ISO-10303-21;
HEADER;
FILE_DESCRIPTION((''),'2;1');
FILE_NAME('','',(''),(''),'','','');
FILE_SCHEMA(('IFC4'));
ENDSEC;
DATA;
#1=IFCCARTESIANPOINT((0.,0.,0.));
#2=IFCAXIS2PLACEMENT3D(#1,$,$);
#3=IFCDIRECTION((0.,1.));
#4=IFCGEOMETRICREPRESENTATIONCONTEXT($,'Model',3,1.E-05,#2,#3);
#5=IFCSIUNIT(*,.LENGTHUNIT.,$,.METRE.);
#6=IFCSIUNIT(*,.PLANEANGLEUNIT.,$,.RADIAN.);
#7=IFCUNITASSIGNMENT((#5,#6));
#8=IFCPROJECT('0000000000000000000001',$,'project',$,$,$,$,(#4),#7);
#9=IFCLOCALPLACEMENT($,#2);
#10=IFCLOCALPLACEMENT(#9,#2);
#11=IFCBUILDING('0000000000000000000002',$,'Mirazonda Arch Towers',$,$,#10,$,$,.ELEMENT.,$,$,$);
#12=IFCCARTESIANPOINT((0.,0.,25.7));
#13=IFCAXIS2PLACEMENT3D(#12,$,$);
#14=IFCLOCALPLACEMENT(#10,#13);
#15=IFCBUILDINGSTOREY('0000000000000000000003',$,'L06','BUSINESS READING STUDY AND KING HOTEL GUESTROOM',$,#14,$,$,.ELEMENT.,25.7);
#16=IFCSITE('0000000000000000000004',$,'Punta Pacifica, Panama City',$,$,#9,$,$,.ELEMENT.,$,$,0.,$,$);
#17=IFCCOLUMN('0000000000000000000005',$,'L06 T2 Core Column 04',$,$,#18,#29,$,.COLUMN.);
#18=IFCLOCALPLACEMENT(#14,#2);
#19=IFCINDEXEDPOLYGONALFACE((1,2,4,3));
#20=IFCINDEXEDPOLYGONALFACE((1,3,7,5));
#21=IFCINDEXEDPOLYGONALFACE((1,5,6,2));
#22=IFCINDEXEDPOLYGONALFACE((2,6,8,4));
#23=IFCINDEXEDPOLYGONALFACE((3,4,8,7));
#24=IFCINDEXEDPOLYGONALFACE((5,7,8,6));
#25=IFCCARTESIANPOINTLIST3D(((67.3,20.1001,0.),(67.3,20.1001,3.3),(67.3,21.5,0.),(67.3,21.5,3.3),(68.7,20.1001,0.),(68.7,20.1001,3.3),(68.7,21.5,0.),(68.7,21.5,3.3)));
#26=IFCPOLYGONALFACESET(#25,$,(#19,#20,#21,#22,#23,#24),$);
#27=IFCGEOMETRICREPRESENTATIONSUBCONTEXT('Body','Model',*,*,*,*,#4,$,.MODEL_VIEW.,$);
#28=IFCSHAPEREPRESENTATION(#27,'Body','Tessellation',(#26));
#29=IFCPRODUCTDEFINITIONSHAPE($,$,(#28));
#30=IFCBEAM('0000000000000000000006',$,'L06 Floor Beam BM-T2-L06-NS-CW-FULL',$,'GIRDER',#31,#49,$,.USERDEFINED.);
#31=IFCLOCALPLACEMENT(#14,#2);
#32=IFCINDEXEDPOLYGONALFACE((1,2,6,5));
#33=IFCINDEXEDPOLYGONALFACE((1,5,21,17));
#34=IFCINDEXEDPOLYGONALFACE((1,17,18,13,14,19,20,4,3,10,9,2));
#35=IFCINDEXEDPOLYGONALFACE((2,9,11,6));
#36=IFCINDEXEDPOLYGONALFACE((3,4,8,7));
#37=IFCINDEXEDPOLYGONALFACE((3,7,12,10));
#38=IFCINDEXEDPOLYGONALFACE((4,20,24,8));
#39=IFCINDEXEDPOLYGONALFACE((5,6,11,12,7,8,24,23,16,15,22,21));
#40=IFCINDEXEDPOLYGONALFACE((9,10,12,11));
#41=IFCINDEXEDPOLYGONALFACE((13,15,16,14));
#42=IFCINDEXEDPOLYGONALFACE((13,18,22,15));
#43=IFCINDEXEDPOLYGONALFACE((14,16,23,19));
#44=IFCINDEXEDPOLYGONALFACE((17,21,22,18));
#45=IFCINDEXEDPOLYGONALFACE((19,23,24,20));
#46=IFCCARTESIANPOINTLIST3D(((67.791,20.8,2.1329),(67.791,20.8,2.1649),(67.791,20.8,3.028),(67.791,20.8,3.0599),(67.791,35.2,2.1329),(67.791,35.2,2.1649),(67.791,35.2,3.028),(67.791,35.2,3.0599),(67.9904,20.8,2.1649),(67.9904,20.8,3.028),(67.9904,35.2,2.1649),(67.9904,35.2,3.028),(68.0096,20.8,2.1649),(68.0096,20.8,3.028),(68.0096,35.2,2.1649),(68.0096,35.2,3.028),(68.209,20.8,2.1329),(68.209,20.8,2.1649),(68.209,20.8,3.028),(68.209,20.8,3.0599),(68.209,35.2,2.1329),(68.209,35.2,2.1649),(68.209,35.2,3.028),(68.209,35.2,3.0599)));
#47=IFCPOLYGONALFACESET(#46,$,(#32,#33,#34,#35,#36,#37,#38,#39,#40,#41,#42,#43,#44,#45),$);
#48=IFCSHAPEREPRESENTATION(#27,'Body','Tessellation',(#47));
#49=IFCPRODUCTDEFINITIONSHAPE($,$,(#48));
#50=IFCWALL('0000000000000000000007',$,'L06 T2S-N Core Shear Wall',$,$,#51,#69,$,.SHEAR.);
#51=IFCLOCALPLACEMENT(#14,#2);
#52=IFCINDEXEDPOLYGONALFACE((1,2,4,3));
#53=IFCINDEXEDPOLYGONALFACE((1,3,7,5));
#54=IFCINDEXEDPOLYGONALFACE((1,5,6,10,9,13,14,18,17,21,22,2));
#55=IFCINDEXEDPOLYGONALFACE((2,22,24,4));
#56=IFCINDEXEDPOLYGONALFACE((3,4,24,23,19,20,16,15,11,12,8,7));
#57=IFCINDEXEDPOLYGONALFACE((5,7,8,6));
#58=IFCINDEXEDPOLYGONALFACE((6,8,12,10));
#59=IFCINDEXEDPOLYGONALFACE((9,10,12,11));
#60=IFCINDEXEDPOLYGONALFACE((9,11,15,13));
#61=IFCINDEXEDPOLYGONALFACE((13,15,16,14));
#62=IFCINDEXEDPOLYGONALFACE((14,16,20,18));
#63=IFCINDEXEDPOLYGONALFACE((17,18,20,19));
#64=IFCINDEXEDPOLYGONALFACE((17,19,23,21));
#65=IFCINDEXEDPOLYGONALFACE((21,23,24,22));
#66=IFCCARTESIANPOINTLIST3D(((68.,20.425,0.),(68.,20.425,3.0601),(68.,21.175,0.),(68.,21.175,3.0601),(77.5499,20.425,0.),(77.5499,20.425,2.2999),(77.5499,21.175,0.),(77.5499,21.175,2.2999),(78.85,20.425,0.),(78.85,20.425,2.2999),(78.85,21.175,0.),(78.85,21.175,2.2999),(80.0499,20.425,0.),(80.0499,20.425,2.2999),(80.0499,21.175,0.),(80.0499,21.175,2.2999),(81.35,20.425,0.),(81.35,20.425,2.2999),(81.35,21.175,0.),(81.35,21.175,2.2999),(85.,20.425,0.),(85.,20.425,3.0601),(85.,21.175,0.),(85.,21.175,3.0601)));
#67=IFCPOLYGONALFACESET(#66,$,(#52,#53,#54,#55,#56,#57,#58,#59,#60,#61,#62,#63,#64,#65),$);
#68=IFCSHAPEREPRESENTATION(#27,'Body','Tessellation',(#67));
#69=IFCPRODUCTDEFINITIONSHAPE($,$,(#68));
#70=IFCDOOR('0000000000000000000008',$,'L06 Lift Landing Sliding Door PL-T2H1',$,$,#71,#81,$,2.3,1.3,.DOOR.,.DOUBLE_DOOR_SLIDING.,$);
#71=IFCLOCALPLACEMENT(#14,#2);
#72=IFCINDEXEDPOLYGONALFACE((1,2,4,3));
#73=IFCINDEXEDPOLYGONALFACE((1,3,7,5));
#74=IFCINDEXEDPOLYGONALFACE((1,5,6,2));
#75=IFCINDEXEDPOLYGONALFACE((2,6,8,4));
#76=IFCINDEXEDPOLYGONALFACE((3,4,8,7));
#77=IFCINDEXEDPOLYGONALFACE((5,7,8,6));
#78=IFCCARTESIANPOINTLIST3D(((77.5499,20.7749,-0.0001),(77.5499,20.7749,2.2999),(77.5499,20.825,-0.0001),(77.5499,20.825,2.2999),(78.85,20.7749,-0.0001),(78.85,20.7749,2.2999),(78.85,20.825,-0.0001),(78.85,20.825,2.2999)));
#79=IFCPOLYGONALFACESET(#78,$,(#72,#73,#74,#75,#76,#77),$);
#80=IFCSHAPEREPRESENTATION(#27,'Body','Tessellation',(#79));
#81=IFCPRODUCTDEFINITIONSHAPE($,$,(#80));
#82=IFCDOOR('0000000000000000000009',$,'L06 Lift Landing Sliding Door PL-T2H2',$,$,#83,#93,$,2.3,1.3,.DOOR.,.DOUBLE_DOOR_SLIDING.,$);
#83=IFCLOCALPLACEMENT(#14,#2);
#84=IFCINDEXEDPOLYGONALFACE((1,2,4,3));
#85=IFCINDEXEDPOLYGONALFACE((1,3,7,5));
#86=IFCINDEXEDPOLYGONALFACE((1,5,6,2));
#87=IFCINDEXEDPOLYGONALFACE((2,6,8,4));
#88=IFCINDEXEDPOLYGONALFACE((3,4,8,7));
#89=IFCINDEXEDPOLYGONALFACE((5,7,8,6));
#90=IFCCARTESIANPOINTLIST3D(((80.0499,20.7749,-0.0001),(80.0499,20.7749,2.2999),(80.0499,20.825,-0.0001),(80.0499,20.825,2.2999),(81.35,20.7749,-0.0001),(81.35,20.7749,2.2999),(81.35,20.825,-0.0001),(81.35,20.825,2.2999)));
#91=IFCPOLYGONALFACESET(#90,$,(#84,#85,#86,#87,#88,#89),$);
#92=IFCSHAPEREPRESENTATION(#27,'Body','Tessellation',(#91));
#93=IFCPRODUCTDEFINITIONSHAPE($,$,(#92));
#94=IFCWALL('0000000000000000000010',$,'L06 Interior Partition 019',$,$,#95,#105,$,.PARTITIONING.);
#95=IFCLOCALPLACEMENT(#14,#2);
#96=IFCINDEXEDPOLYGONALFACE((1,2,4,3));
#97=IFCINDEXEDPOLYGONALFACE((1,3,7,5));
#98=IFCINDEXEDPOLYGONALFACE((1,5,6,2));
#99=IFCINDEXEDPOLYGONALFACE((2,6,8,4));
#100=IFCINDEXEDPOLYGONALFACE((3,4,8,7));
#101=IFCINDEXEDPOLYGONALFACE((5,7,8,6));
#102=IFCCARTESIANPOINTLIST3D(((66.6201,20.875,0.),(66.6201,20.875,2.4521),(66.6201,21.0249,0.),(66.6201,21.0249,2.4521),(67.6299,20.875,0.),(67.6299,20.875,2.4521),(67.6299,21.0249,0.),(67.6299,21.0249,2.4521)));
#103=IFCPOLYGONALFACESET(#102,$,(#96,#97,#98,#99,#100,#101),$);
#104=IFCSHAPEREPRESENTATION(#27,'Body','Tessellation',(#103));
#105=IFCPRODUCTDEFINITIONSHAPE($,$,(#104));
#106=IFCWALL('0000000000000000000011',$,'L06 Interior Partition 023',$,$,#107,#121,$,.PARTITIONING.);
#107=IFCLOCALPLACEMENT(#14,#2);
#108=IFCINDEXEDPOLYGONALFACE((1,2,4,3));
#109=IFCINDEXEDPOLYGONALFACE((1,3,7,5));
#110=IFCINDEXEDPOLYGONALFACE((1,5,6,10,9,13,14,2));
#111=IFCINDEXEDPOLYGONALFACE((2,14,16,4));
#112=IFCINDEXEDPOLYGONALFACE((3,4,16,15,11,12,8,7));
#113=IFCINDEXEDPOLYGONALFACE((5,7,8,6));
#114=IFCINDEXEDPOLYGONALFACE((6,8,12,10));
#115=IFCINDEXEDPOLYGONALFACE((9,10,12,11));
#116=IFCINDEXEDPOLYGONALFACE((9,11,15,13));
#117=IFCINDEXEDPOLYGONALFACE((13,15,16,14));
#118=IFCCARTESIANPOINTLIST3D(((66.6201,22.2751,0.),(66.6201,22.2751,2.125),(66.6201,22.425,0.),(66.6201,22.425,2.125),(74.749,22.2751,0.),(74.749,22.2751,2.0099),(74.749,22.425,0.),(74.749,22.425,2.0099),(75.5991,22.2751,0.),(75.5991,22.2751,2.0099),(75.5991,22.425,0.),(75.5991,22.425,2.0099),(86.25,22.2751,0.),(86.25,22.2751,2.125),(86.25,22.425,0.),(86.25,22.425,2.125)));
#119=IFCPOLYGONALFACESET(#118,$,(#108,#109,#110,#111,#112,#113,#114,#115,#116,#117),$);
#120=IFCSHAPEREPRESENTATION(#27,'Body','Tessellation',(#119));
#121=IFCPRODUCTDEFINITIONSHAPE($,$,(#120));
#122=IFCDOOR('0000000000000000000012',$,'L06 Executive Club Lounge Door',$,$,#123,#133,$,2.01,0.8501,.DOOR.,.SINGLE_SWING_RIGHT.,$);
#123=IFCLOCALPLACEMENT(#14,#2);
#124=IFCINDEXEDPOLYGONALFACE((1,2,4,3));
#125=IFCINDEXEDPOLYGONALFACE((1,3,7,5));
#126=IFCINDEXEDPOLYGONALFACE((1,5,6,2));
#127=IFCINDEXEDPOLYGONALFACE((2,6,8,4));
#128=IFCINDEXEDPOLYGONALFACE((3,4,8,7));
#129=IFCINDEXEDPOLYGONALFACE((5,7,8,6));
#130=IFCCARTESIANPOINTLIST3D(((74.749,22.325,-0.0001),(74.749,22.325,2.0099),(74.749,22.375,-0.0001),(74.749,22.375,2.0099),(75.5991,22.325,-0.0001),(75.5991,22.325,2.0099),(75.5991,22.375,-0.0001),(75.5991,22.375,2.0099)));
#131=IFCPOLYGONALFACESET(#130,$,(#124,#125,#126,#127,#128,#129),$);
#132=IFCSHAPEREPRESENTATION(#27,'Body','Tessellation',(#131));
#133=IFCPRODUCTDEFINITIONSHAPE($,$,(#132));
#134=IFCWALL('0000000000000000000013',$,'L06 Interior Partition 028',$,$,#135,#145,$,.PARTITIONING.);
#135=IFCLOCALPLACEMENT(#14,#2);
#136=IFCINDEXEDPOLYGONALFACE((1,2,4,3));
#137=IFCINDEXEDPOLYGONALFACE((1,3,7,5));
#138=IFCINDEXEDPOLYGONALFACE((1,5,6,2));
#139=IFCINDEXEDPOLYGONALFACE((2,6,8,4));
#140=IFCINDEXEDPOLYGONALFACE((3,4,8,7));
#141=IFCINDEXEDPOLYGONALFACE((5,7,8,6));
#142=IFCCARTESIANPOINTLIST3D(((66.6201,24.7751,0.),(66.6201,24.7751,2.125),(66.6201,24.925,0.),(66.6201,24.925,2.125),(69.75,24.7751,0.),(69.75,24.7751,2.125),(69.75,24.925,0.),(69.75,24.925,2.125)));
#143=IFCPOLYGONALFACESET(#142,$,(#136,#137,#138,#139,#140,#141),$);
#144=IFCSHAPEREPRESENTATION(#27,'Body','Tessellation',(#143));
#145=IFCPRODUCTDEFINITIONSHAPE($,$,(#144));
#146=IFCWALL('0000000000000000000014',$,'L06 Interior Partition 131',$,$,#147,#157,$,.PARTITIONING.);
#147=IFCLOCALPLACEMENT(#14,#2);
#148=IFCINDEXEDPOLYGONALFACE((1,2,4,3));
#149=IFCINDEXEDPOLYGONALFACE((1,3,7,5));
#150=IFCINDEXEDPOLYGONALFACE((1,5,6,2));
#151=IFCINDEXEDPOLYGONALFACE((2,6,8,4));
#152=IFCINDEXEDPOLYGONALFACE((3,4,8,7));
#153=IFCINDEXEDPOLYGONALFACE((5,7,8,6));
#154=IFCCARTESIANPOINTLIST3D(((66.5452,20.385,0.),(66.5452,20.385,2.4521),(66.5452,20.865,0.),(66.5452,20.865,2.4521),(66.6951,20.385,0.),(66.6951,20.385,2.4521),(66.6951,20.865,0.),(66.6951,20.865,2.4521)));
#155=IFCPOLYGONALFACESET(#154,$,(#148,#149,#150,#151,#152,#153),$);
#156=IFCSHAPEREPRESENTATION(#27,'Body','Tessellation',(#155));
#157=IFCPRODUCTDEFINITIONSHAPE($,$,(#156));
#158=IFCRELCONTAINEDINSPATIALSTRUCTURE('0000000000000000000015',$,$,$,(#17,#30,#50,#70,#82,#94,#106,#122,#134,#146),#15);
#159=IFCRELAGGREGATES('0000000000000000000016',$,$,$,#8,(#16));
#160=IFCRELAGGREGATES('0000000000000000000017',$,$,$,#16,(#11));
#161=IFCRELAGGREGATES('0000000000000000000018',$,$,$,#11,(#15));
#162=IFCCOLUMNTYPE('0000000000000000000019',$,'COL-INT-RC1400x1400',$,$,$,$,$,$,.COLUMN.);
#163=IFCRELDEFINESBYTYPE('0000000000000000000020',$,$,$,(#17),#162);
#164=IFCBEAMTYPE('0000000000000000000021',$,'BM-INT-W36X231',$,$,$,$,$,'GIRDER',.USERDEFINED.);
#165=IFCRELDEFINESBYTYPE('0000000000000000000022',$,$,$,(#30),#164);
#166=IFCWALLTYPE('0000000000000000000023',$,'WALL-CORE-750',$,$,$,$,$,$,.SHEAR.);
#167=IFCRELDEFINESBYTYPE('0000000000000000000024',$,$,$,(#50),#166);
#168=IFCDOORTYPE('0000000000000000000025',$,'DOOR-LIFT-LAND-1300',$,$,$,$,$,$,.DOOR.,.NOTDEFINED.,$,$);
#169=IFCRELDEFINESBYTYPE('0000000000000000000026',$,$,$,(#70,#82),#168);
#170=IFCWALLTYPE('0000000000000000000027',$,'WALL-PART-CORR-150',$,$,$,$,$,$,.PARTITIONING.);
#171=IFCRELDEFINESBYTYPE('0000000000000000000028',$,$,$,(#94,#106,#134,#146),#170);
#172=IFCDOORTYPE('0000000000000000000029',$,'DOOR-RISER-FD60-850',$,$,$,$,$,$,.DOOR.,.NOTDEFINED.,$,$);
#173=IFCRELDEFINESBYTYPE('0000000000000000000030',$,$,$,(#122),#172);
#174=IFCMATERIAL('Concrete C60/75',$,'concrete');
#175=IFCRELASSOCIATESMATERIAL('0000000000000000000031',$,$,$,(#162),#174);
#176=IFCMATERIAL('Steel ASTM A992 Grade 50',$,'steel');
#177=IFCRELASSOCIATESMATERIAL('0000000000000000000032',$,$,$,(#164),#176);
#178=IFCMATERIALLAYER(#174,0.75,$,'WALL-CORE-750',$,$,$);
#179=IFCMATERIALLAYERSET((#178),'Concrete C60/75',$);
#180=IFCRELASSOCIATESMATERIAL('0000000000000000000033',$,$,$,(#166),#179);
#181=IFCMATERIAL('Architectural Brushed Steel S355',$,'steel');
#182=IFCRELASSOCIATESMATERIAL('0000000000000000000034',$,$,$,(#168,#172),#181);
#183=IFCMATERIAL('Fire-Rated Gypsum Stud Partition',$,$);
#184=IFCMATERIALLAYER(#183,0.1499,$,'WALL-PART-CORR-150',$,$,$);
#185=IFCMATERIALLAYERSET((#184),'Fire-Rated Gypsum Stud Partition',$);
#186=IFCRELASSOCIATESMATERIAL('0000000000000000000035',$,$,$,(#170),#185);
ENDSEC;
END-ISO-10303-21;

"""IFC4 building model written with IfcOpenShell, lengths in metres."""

from ifc_helpers import new_model, si_unit, direction, frame, frame_2d, origin, origin_2d, place, context, subcontext, project, spatial, rectangle, i_section, extrude, material, layer, layer_set, material_profile, profile_set, type_object, element, fill, save


model = new_model("IFC4")

# Units and contexts
model_context = context("Model", 3, precision=1e-05, world=origin(), true_north=direction((0.0, 1.0)))
body_context = subcontext(model_context, "Body", "Model", "MODEL_VIEW")
ifc_project = project(units=[si_unit("LENGTHUNIT", "METRE"), si_unit("PLANEANGLEUNIT", "RADIAN")], contexts=[model_context])

# Site, building, storey
site_placement = place(None, origin())
site = spatial("IfcSite", under=ifc_project, at=site_placement, Name="Punta Pacifica, Panama City", CompositionType="ELEMENT", RefElevation=0.0)
building_placement = place(site_placement, origin())
building = spatial("IfcBuilding", under=site, at=building_placement, Name="Mirazonda Arch Towers", CompositionType="ELEMENT")
storey_placement = place(building_placement, frame((0.0, 0.0, 25.7)))
storey = spatial("IfcBuildingStorey", under=building, at=storey_placement, Name="L06", Description="BUSINESS READING STUDY AND KING HOTEL GUESTROOM", CompositionType="ELEMENT", Elevation=25.7)

# Column
ifc_material_1 = material(Name="Concrete C60/75", Category="concrete")
ifc_material_profile_1 = material_profile(ifc_material_1, rectangle(XDim=1.3999, YDim=1.3999, at=origin_2d()), Name="RC1400x1400")
ifc_profile_set_1 = profile_set([ifc_material_profile_1], Name="Concrete C60/75")
column_type = type_object("IfcColumnType", Name="COL-INT-RC1400x1400", PredefinedType="COLUMN", material=ifc_profile_set_1)
column_placement = place(storey_placement, frame((68.0, 20.8, 0.0), z_axis=(0.0, 0.0, 1.0), x_axis=(1.0, 0.0, 0.0)))
element("IfcColumn", 1, at=column_placement, inside=storey, type_object=column_type, Name="L06 T2 Core Column 04", PredefinedType="COLUMN", context=body_context, shape_type="SweptSolid", body=[
    extrude(rectangle(XDim=1.3999, YDim=1.3999, at=origin_2d()), origin(), (0.0, 0.0, 1.0), 3.3),
])

# Beam
ifc_material_2 = material(Name="Steel ASTM A992 Grade 50", Category="steel")
ifc_material_profile_2 = material_profile(ifc_material_2, i_section(OverallWidth=0.418, OverallDepth=0.927, WebThickness=0.0193, FlangeThickness=0.032, at=origin_2d()), Name="W36X231")
ifc_profile_set_2 = profile_set([ifc_material_profile_2], Name="Steel ASTM A992 Grade 50")
beam_type = type_object("IfcBeamType", Name="BM-INT-W36X231", ElementType="GIRDER", PredefinedType="USERDEFINED", material=ifc_profile_set_2)
beam_placement = place(storey_placement, frame((68.0, 20.8, 2.5964), z_axis=(0.0, 1.0, 0.0), x_axis=(-1.0, 0.0, 0.0)))
element("IfcBeam", 2, at=beam_placement, inside=storey, type_object=beam_type, Name="L06 Floor Beam BM-T2-L06-NS-CW-FULL", ObjectType="GIRDER", PredefinedType="USERDEFINED", context=body_context, shape_type="SweptSolid", body=[
    extrude(i_section(OverallWidth=0.418, OverallDepth=0.927, WebThickness=0.0193, FlangeThickness=0.032, at=origin_2d()), origin(), (0.0, 0.0, 1.0), 14.3999),
])

# Wall, openings, doors
ifc_layer_1 = layer(ifc_material_1, 0.75, Name="WALL-CORE-750")
ifc_layer_set_1 = layer_set([ifc_layer_1], Name="Concrete C60/75")
wall_type_1 = type_object("IfcWallType", Name="WALL-CORE-750", PredefinedType="SHEAR", material=ifc_layer_set_1)
wall_1_placement = place(storey_placement, frame((68.0, 20.8, 0.0), z_axis=(0.0, 0.0, 1.0), x_axis=(1.0, 0.0, 0.0)))
wall_1 = element("IfcWall", 3, at=wall_1_placement, inside=storey, type_object=wall_type_1, Name="L06 T2S-N Core Shear Wall", PredefinedType="SHEAR", context=body_context, shape_type="SweptSolid", body=[
    extrude(rectangle(XDim=17.0, YDim=0.75, at=frame_2d((8.5, 0.0))), origin(), (0.0, 0.0, 1.0), 3.0601),
])
opening_1_placement = place(wall_1_placement, frame((9.55, 0.0, 0.0)))
opening_1 = element("IfcOpeningElement", 4, at=opening_1_placement, cuts=wall_1, PredefinedType="OPENING", context=body_context, shape_type="SweptSolid", body=[
    extrude(rectangle(XDim=1.3, YDim=2.3, at=frame_2d((0.6499, 1.1499))), frame((0.0, 0.385, 0.0), z_axis=(0.0, -1.0, 0.0), x_axis=(1.0, 0.0, 0.0)), (0.0, 0.0, 1.0), 0.77),
])
opening_2_placement = place(wall_1_placement, frame((12.05, 0.0, 0.0)))
opening_2 = element("IfcOpeningElement", 5, at=opening_2_placement, cuts=wall_1, PredefinedType="OPENING", context=body_context, shape_type="SweptSolid", body=[
    extrude(rectangle(XDim=1.3, YDim=2.3, at=frame_2d((0.6499, 1.1499))), frame((0.0, 0.385, 0.0), z_axis=(0.0, -1.0, 0.0), x_axis=(1.0, 0.0, 0.0)), (0.0, 0.0, 1.0), 0.77),
])
ifc_material_3 = material(Name="Architectural Brushed Steel S355", Category="steel")
door_type_1 = type_object("IfcDoorType", Name="DOOR-LIFT-LAND-1300", OperationType="NOTDEFINED", PredefinedType="DOOR", material=ifc_material_3)
door_1_placement = place(opening_1_placement, origin())
door_1 = element("IfcDoor", 6, at=door_1_placement, inside=storey, type_object=door_type_1, Name="L06 Lift Landing Sliding Door PL-T2H1", OperationType="DOUBLE_DOOR_SLIDING", OverallHeight=2.3, OverallWidth=1.3, PredefinedType="DOOR", context=body_context, shape_type="SweptSolid", body=[
    extrude(rectangle(XDim=1.3, YDim=2.3, at=frame_2d((0.6499, 1.1499))), frame((0.0, 0.0249, 0.0), z_axis=(0.0, -1.0, 0.0), x_axis=(1.0, 0.0, 0.0)), (0.0, 0.0, 1.0), 0.05),
])
fill(opening_1, door_1)
door_2_placement = place(opening_2_placement, origin())
door_2 = element("IfcDoor", 7, at=door_2_placement, inside=storey, type_object=door_type_1, Name="L06 Lift Landing Sliding Door PL-T2H2", OperationType="DOUBLE_DOOR_SLIDING", OverallHeight=2.3, OverallWidth=1.3, PredefinedType="DOOR", context=body_context, shape_type="SweptSolid", body=[
    extrude(rectangle(XDim=1.3, YDim=2.3, at=frame_2d((0.6499, 1.1499))), frame((0.0, 0.0249, 0.0), z_axis=(0.0, -1.0, 0.0), x_axis=(1.0, 0.0, 0.0)), (0.0, 0.0, 1.0), 0.05),
])
fill(opening_2, door_2)

# Wall
ifc_material_4 = material(Name="Fire-Rated Gypsum Stud Partition")
ifc_layer_2 = layer(ifc_material_4, 0.1499, Name="WALL-PART-CORR-150")
ifc_layer_set_2 = layer_set([ifc_layer_2], Name="Fire-Rated Gypsum Stud Partition")
wall_type_2 = type_object("IfcWallType", Name="WALL-PART-CORR-150", PredefinedType="PARTITIONING", material=ifc_layer_set_2)
wall_2_placement = place(storey_placement, frame((66.6201, 20.95, 0.0), z_axis=(0.0, 0.0, 1.0), x_axis=(1.0, 0.0, 0.0)))
element("IfcWall", 8, at=wall_2_placement, inside=storey, type_object=wall_type_2, Name="L06 Interior Partition 019", PredefinedType="PARTITIONING", context=body_context, shape_type="SweptSolid", body=[
    extrude(rectangle(XDim=1.0098, YDim=0.1499, at=frame_2d((0.5049, 0.0))), origin(), (0.0, 0.0, 1.0), 2.4521),
])

# Wall, opening, door
wall_3_placement = place(storey_placement, frame((66.6201, 22.3501, 0.0), z_axis=(0.0, 0.0, 1.0), x_axis=(1.0, 0.0, 0.0)))
wall_3 = element("IfcWall", 9, at=wall_3_placement, inside=storey, type_object=wall_type_2, Name="L06 Interior Partition 023", PredefinedType="PARTITIONING", context=body_context, shape_type="SweptSolid", body=[
    extrude(rectangle(XDim=19.6299, YDim=0.1499, at=frame_2d((9.8149, 0.0))), origin(), (0.0, 0.0, 1.0), 2.125),
])
opening_3_placement = place(wall_3_placement, frame((8.1289, 0.0, 0.0)))
opening_3 = element("IfcOpeningElement", 10, at=opening_3_placement, cuts=wall_3, PredefinedType="OPENING", context=body_context, shape_type="SweptSolid", body=[
    extrude(rectangle(XDim=0.8501, YDim=2.01, at=frame_2d((0.425, 1.0049))), frame((0.0, 0.085, 0.0), z_axis=(0.0, -1.0, 0.0), x_axis=(1.0, 0.0, 0.0)), (0.0, 0.0, 1.0), 0.1699),
])
door_type_2 = type_object("IfcDoorType", Name="DOOR-RISER-FD60-850", OperationType="NOTDEFINED", PredefinedType="DOOR", material=ifc_material_3)
door_3_placement = place(opening_3_placement, origin())
door_3 = element("IfcDoor", 11, at=door_3_placement, inside=storey, type_object=door_type_2, Name="L06 Executive Club Lounge Door", OperationType="SINGLE_SWING_RIGHT", OverallHeight=2.01, OverallWidth=0.8501, PredefinedType="DOOR", context=body_context, shape_type="SweptSolid", body=[
    extrude(rectangle(XDim=0.8501, YDim=2.01, at=frame_2d((0.425, 1.0049))), frame((0.0, 0.0249, 0.0), z_axis=(0.0, -1.0, 0.0), x_axis=(1.0, 0.0, 0.0)), (0.0, 0.0, 1.0), 0.05),
])
fill(opening_3, door_3)

# Walls
wall_4_placement = place(storey_placement, frame((66.6201, 24.8501, 0.0), z_axis=(0.0, 0.0, 1.0), x_axis=(1.0, 0.0, 0.0)))
element("IfcWall", 12, at=wall_4_placement, inside=storey, type_object=wall_type_2, Name="L06 Interior Partition 028", PredefinedType="PARTITIONING", context=body_context, shape_type="SweptSolid", body=[
    extrude(rectangle(XDim=3.1299, YDim=0.1499, at=frame_2d((1.5649, 0.0))), origin(), (0.0, 0.0, 1.0), 2.125),
])
wall_5_placement = place(storey_placement, frame((66.6201, 20.385, 0.0), z_axis=(0.0, 0.0, 1.0), x_axis=(0.0, 1.0, 0.0)))
element("IfcWall", 13, at=wall_5_placement, inside=storey, type_object=wall_type_2, Name="L06 Interior Partition 131", PredefinedType="PARTITIONING", context=body_context, shape_type="SweptSolid", body=[
    extrude(rectangle(XDim=0.48, YDim=0.1499, at=frame_2d((0.24, 0.0))), origin(), (0.0, 0.0, 1.0), 2.4521),
])

save(model, "model.ifc")
